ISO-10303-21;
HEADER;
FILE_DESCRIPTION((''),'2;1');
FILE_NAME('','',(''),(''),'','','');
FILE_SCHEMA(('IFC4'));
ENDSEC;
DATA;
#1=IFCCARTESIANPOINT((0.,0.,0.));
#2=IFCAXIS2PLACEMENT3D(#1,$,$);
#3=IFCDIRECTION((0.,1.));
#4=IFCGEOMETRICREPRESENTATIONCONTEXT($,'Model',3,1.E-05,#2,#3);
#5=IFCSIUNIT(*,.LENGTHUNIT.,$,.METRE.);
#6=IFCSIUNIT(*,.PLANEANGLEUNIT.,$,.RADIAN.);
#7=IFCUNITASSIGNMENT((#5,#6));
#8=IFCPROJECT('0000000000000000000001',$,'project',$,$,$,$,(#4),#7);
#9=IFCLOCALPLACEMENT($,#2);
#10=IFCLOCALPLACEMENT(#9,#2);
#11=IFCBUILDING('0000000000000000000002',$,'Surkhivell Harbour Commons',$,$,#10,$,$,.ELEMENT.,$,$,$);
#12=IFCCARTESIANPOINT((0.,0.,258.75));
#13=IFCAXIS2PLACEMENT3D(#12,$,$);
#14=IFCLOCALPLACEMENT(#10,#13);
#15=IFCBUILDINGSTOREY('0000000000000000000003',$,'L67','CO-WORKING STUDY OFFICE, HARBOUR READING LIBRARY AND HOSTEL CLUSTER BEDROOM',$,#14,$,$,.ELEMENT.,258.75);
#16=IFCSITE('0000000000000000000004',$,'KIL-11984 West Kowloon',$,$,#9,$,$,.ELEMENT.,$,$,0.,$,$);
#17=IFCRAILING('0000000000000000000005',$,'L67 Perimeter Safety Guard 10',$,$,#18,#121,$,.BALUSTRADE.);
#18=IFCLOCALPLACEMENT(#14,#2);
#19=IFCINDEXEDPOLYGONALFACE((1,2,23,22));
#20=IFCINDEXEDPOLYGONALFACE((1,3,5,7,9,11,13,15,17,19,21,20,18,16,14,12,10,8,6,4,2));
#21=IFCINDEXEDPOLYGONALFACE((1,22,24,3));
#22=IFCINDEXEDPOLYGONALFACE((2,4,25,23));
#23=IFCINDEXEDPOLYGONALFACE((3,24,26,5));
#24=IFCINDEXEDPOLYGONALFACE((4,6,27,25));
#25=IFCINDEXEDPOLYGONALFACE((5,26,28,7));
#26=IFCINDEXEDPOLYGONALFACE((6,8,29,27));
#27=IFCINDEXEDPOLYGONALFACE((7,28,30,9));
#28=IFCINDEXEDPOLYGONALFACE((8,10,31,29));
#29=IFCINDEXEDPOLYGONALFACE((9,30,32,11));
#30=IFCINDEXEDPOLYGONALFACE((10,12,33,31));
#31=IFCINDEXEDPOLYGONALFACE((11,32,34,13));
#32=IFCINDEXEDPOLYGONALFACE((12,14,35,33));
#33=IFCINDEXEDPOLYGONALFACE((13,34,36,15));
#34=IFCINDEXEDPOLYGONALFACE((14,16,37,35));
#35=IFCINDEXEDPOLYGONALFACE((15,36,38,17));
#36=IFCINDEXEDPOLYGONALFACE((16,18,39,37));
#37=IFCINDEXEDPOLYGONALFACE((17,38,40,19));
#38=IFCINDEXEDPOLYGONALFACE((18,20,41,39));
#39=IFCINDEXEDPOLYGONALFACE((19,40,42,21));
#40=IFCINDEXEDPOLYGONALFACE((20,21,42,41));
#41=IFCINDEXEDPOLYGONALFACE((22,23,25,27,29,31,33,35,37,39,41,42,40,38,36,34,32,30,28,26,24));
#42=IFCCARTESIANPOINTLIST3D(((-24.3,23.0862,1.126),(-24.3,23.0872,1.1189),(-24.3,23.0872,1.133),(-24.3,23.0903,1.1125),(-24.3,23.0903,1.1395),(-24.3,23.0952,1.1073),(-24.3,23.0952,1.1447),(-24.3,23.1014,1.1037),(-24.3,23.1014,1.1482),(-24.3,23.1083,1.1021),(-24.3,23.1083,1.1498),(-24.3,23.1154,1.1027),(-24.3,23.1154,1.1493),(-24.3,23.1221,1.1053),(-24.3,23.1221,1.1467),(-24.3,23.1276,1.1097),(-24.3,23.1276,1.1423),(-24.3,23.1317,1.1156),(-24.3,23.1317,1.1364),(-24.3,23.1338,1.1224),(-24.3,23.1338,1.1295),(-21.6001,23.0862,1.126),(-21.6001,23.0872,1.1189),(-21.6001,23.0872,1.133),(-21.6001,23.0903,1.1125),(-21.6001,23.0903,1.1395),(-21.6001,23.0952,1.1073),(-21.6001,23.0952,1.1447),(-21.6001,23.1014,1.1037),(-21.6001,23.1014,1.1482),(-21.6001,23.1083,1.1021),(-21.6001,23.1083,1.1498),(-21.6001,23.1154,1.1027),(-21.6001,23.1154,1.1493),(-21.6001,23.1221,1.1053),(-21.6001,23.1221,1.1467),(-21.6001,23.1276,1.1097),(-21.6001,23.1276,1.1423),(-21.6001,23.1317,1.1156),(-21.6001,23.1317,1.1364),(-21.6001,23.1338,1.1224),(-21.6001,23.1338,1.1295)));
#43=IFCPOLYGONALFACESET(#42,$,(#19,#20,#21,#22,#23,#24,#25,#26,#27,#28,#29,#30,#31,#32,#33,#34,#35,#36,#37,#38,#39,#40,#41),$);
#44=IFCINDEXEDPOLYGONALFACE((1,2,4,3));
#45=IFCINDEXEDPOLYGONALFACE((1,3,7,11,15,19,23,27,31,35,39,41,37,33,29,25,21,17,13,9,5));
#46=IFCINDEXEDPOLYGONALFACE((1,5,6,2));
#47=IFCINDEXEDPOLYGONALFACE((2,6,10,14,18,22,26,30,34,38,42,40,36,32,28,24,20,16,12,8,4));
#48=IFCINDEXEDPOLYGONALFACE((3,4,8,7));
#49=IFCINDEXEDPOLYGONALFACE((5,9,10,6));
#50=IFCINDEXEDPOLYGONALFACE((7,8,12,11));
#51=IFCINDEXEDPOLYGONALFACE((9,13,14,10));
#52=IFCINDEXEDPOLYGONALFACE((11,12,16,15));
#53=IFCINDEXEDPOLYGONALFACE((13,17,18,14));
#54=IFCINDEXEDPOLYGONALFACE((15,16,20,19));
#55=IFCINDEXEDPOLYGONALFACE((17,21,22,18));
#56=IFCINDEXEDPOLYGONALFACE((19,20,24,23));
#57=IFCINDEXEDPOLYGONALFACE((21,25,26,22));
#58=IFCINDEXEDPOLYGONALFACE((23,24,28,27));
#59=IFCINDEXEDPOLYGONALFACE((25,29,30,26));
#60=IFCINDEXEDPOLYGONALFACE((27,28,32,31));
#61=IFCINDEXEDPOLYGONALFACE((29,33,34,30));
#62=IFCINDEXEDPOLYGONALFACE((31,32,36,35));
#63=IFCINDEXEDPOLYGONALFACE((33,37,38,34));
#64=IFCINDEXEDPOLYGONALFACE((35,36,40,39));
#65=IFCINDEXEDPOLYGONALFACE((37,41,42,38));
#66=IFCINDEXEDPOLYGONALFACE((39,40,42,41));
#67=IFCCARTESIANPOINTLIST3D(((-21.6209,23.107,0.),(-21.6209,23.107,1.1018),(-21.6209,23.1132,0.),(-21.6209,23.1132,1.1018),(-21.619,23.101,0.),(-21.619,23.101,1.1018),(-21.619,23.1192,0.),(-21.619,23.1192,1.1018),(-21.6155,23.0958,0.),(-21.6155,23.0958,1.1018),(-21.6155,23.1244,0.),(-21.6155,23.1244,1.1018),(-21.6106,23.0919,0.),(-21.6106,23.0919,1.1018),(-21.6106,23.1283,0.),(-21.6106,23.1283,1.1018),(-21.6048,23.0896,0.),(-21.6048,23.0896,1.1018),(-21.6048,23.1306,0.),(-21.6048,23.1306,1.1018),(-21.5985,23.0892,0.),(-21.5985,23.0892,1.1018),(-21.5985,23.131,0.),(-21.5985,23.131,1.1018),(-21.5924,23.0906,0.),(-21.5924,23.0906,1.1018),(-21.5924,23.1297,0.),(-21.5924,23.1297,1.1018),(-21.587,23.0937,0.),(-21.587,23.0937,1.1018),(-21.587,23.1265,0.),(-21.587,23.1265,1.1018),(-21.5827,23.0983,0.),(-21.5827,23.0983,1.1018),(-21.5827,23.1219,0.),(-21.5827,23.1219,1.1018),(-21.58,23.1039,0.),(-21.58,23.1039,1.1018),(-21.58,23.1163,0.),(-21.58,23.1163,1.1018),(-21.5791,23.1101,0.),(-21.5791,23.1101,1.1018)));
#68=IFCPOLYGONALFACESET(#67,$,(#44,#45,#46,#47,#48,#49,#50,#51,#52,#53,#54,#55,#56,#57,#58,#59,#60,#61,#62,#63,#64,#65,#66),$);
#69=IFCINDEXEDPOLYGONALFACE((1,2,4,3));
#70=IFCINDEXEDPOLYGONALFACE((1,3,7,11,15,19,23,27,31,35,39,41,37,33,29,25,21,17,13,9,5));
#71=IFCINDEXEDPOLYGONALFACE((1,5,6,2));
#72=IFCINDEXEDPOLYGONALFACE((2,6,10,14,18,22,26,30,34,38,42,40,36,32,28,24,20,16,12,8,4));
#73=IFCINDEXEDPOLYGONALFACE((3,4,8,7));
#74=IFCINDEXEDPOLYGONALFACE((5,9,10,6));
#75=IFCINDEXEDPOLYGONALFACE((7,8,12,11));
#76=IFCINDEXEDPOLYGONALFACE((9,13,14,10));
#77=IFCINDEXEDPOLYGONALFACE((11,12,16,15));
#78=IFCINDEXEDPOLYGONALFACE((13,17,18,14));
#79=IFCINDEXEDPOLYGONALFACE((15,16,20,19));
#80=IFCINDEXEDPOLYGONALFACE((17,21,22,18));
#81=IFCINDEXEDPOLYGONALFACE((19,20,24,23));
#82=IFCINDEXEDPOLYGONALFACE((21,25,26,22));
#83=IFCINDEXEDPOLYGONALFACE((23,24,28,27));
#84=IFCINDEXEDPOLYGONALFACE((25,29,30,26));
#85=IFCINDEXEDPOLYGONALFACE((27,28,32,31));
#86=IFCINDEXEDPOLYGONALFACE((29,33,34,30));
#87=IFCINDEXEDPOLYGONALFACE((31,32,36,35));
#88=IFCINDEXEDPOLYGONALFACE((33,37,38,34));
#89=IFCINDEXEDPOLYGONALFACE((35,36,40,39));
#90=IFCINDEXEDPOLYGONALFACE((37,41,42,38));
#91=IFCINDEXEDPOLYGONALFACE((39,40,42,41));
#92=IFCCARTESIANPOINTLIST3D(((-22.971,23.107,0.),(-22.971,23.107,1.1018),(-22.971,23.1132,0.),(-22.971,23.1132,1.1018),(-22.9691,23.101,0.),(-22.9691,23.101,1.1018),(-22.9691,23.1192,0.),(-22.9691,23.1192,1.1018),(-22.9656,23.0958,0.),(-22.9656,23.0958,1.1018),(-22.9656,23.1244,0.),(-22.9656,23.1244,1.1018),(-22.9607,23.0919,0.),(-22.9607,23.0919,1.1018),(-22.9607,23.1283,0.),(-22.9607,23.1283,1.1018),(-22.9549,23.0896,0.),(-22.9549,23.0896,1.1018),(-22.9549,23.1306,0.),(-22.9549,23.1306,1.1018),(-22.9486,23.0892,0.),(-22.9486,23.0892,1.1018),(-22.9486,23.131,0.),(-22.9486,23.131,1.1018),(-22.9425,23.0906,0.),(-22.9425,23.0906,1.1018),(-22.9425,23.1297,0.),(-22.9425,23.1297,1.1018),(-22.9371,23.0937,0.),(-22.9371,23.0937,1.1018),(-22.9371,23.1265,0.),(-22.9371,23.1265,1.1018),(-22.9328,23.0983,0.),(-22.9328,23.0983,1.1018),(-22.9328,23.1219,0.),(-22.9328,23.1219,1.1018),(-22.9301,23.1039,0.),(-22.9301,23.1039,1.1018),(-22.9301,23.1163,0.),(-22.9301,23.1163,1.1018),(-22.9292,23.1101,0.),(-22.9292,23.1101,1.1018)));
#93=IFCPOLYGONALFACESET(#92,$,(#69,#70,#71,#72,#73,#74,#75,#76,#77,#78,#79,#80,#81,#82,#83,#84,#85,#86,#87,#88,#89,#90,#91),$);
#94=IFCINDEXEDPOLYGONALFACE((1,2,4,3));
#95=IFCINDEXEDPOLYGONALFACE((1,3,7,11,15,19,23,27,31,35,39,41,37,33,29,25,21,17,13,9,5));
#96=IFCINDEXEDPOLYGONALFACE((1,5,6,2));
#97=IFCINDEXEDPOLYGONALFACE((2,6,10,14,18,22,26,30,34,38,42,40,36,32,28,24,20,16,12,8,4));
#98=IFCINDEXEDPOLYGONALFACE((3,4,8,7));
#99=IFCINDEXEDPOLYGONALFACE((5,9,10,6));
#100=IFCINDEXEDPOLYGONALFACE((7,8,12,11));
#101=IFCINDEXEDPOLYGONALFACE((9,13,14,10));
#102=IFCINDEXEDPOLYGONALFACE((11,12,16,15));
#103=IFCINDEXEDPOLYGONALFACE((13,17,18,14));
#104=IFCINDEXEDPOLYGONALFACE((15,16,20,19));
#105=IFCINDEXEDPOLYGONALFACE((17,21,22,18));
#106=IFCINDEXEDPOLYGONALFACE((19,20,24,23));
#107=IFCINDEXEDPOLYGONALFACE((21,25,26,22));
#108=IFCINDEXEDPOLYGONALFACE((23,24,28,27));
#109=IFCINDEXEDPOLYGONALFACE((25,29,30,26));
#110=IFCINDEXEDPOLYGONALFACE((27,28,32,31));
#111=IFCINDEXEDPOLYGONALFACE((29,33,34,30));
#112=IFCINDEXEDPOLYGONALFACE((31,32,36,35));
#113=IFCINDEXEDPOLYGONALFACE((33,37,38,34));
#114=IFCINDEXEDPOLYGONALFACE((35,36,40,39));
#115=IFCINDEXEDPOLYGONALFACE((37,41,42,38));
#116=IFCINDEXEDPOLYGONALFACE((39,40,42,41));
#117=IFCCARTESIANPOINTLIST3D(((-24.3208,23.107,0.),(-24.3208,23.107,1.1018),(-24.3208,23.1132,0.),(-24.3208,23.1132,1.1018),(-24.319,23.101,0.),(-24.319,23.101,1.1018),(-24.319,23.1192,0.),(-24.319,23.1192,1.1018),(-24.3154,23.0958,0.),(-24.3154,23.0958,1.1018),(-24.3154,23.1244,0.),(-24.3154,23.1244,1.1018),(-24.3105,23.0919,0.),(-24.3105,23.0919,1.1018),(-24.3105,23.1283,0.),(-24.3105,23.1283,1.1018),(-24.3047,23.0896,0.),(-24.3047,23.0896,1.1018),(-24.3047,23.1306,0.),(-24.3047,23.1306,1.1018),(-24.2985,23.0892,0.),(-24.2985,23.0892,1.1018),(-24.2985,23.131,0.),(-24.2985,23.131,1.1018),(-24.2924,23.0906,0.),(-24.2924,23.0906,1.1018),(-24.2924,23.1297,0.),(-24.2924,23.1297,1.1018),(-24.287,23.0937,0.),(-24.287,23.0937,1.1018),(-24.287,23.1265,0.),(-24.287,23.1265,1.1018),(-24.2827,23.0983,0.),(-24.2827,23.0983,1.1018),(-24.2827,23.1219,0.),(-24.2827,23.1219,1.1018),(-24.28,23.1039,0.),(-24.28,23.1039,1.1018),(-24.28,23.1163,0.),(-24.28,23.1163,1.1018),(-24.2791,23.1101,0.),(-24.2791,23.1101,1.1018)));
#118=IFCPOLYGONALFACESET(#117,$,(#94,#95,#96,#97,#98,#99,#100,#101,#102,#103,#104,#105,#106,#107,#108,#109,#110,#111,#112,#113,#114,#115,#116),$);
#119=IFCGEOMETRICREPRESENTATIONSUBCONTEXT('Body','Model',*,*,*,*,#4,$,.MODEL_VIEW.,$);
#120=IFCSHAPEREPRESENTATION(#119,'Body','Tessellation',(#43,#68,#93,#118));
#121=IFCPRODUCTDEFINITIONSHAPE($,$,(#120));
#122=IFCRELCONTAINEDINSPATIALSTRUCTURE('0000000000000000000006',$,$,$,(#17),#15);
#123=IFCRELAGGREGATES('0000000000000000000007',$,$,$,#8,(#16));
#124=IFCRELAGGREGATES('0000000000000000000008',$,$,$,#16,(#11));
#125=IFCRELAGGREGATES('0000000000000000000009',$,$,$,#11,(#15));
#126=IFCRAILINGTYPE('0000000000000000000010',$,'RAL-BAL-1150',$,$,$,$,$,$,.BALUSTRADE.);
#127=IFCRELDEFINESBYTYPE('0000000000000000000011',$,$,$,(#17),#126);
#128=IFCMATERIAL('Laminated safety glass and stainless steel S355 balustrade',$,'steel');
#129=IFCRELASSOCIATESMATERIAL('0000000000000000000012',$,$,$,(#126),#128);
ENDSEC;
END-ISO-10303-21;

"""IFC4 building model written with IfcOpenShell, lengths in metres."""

from ifc_helpers import new_model, si_unit, direction, frame, origin, origin_2d, place, context, subcontext, project, spatial, circle, extrude, material, type_object, element, save


model = new_model("IFC4")

# Units and contexts
model_context = context("Model", 3, precision=1e-05, world=origin(), true_north=direction((0.0, 1.0)))
body_context = subcontext(model_context, "Body", "Model", "MODEL_VIEW")
ifc_project = project(units=[si_unit("LENGTHUNIT", "METRE"), si_unit("PLANEANGLEUNIT", "RADIAN")], contexts=[model_context])

# Site, building, storey
site_placement = place(None, origin())
site = spatial("IfcSite", under=ifc_project, at=site_placement, Name="KIL-11984 West Kowloon", CompositionType="ELEMENT", RefElevation=0.0)
building_placement = place(site_placement, origin())
building = spatial("IfcBuilding", under=site, at=building_placement, Name="Surkhivell Harbour Commons", CompositionType="ELEMENT")
storey_placement = place(building_placement, frame((0.0, 0.0, 258.75)))
storey = spatial("IfcBuildingStorey", under=building, at=storey_placement, Name="L67", Description="CO-WORKING STUDY OFFICE, HARBOUR READING LIBRARY AND HOSTEL CLUSTER BEDROOM", CompositionType="ELEMENT", Elevation=258.75)

# Railing
ifc_material_1 = material(Name="Laminated safety glass and stainless steel S355 balustrade", Category="steel")
railing_type = type_object("IfcRailingType", Name="RAL-BAL-1150", PredefinedType="BALUSTRADE", material=ifc_material_1)
railing_1_placement = place(storey_placement, frame((-21.6001, 23.1101, 0.0)))
element("IfcRailing", 1, at=railing_1_placement, inside=storey, type_object=railing_type, Name="L67 Perimeter Safety Guard 10", PredefinedType="BALUSTRADE", context=body_context, shape_type="SweptSolid", body=[
    extrude(circle(Radius=0.0239, at=origin_2d()), frame((0.0, 0.0, 1.126), z_axis=(-1.0, 0.0, 0.0), x_axis=(0.0, -1.0, 0.0)), (0.0, 0.0, 1.0), 2.7),
    extrude(circle(Radius=0.021, at=origin_2d()), origin(), (0.0, 0.0, 1.0), 1.1018),
    extrude(circle(Radius=0.021, at=origin_2d()), frame((-1.3501, 0.0, 0.0)), (0.0, 0.0, 1.0), 1.1018),
    extrude(circle(Radius=0.021, at=origin_2d()), frame((-2.7, 0.0, 0.0)), (0.0, 0.0, 1.0), 1.1018),
])

save(model, "model.ifc")
